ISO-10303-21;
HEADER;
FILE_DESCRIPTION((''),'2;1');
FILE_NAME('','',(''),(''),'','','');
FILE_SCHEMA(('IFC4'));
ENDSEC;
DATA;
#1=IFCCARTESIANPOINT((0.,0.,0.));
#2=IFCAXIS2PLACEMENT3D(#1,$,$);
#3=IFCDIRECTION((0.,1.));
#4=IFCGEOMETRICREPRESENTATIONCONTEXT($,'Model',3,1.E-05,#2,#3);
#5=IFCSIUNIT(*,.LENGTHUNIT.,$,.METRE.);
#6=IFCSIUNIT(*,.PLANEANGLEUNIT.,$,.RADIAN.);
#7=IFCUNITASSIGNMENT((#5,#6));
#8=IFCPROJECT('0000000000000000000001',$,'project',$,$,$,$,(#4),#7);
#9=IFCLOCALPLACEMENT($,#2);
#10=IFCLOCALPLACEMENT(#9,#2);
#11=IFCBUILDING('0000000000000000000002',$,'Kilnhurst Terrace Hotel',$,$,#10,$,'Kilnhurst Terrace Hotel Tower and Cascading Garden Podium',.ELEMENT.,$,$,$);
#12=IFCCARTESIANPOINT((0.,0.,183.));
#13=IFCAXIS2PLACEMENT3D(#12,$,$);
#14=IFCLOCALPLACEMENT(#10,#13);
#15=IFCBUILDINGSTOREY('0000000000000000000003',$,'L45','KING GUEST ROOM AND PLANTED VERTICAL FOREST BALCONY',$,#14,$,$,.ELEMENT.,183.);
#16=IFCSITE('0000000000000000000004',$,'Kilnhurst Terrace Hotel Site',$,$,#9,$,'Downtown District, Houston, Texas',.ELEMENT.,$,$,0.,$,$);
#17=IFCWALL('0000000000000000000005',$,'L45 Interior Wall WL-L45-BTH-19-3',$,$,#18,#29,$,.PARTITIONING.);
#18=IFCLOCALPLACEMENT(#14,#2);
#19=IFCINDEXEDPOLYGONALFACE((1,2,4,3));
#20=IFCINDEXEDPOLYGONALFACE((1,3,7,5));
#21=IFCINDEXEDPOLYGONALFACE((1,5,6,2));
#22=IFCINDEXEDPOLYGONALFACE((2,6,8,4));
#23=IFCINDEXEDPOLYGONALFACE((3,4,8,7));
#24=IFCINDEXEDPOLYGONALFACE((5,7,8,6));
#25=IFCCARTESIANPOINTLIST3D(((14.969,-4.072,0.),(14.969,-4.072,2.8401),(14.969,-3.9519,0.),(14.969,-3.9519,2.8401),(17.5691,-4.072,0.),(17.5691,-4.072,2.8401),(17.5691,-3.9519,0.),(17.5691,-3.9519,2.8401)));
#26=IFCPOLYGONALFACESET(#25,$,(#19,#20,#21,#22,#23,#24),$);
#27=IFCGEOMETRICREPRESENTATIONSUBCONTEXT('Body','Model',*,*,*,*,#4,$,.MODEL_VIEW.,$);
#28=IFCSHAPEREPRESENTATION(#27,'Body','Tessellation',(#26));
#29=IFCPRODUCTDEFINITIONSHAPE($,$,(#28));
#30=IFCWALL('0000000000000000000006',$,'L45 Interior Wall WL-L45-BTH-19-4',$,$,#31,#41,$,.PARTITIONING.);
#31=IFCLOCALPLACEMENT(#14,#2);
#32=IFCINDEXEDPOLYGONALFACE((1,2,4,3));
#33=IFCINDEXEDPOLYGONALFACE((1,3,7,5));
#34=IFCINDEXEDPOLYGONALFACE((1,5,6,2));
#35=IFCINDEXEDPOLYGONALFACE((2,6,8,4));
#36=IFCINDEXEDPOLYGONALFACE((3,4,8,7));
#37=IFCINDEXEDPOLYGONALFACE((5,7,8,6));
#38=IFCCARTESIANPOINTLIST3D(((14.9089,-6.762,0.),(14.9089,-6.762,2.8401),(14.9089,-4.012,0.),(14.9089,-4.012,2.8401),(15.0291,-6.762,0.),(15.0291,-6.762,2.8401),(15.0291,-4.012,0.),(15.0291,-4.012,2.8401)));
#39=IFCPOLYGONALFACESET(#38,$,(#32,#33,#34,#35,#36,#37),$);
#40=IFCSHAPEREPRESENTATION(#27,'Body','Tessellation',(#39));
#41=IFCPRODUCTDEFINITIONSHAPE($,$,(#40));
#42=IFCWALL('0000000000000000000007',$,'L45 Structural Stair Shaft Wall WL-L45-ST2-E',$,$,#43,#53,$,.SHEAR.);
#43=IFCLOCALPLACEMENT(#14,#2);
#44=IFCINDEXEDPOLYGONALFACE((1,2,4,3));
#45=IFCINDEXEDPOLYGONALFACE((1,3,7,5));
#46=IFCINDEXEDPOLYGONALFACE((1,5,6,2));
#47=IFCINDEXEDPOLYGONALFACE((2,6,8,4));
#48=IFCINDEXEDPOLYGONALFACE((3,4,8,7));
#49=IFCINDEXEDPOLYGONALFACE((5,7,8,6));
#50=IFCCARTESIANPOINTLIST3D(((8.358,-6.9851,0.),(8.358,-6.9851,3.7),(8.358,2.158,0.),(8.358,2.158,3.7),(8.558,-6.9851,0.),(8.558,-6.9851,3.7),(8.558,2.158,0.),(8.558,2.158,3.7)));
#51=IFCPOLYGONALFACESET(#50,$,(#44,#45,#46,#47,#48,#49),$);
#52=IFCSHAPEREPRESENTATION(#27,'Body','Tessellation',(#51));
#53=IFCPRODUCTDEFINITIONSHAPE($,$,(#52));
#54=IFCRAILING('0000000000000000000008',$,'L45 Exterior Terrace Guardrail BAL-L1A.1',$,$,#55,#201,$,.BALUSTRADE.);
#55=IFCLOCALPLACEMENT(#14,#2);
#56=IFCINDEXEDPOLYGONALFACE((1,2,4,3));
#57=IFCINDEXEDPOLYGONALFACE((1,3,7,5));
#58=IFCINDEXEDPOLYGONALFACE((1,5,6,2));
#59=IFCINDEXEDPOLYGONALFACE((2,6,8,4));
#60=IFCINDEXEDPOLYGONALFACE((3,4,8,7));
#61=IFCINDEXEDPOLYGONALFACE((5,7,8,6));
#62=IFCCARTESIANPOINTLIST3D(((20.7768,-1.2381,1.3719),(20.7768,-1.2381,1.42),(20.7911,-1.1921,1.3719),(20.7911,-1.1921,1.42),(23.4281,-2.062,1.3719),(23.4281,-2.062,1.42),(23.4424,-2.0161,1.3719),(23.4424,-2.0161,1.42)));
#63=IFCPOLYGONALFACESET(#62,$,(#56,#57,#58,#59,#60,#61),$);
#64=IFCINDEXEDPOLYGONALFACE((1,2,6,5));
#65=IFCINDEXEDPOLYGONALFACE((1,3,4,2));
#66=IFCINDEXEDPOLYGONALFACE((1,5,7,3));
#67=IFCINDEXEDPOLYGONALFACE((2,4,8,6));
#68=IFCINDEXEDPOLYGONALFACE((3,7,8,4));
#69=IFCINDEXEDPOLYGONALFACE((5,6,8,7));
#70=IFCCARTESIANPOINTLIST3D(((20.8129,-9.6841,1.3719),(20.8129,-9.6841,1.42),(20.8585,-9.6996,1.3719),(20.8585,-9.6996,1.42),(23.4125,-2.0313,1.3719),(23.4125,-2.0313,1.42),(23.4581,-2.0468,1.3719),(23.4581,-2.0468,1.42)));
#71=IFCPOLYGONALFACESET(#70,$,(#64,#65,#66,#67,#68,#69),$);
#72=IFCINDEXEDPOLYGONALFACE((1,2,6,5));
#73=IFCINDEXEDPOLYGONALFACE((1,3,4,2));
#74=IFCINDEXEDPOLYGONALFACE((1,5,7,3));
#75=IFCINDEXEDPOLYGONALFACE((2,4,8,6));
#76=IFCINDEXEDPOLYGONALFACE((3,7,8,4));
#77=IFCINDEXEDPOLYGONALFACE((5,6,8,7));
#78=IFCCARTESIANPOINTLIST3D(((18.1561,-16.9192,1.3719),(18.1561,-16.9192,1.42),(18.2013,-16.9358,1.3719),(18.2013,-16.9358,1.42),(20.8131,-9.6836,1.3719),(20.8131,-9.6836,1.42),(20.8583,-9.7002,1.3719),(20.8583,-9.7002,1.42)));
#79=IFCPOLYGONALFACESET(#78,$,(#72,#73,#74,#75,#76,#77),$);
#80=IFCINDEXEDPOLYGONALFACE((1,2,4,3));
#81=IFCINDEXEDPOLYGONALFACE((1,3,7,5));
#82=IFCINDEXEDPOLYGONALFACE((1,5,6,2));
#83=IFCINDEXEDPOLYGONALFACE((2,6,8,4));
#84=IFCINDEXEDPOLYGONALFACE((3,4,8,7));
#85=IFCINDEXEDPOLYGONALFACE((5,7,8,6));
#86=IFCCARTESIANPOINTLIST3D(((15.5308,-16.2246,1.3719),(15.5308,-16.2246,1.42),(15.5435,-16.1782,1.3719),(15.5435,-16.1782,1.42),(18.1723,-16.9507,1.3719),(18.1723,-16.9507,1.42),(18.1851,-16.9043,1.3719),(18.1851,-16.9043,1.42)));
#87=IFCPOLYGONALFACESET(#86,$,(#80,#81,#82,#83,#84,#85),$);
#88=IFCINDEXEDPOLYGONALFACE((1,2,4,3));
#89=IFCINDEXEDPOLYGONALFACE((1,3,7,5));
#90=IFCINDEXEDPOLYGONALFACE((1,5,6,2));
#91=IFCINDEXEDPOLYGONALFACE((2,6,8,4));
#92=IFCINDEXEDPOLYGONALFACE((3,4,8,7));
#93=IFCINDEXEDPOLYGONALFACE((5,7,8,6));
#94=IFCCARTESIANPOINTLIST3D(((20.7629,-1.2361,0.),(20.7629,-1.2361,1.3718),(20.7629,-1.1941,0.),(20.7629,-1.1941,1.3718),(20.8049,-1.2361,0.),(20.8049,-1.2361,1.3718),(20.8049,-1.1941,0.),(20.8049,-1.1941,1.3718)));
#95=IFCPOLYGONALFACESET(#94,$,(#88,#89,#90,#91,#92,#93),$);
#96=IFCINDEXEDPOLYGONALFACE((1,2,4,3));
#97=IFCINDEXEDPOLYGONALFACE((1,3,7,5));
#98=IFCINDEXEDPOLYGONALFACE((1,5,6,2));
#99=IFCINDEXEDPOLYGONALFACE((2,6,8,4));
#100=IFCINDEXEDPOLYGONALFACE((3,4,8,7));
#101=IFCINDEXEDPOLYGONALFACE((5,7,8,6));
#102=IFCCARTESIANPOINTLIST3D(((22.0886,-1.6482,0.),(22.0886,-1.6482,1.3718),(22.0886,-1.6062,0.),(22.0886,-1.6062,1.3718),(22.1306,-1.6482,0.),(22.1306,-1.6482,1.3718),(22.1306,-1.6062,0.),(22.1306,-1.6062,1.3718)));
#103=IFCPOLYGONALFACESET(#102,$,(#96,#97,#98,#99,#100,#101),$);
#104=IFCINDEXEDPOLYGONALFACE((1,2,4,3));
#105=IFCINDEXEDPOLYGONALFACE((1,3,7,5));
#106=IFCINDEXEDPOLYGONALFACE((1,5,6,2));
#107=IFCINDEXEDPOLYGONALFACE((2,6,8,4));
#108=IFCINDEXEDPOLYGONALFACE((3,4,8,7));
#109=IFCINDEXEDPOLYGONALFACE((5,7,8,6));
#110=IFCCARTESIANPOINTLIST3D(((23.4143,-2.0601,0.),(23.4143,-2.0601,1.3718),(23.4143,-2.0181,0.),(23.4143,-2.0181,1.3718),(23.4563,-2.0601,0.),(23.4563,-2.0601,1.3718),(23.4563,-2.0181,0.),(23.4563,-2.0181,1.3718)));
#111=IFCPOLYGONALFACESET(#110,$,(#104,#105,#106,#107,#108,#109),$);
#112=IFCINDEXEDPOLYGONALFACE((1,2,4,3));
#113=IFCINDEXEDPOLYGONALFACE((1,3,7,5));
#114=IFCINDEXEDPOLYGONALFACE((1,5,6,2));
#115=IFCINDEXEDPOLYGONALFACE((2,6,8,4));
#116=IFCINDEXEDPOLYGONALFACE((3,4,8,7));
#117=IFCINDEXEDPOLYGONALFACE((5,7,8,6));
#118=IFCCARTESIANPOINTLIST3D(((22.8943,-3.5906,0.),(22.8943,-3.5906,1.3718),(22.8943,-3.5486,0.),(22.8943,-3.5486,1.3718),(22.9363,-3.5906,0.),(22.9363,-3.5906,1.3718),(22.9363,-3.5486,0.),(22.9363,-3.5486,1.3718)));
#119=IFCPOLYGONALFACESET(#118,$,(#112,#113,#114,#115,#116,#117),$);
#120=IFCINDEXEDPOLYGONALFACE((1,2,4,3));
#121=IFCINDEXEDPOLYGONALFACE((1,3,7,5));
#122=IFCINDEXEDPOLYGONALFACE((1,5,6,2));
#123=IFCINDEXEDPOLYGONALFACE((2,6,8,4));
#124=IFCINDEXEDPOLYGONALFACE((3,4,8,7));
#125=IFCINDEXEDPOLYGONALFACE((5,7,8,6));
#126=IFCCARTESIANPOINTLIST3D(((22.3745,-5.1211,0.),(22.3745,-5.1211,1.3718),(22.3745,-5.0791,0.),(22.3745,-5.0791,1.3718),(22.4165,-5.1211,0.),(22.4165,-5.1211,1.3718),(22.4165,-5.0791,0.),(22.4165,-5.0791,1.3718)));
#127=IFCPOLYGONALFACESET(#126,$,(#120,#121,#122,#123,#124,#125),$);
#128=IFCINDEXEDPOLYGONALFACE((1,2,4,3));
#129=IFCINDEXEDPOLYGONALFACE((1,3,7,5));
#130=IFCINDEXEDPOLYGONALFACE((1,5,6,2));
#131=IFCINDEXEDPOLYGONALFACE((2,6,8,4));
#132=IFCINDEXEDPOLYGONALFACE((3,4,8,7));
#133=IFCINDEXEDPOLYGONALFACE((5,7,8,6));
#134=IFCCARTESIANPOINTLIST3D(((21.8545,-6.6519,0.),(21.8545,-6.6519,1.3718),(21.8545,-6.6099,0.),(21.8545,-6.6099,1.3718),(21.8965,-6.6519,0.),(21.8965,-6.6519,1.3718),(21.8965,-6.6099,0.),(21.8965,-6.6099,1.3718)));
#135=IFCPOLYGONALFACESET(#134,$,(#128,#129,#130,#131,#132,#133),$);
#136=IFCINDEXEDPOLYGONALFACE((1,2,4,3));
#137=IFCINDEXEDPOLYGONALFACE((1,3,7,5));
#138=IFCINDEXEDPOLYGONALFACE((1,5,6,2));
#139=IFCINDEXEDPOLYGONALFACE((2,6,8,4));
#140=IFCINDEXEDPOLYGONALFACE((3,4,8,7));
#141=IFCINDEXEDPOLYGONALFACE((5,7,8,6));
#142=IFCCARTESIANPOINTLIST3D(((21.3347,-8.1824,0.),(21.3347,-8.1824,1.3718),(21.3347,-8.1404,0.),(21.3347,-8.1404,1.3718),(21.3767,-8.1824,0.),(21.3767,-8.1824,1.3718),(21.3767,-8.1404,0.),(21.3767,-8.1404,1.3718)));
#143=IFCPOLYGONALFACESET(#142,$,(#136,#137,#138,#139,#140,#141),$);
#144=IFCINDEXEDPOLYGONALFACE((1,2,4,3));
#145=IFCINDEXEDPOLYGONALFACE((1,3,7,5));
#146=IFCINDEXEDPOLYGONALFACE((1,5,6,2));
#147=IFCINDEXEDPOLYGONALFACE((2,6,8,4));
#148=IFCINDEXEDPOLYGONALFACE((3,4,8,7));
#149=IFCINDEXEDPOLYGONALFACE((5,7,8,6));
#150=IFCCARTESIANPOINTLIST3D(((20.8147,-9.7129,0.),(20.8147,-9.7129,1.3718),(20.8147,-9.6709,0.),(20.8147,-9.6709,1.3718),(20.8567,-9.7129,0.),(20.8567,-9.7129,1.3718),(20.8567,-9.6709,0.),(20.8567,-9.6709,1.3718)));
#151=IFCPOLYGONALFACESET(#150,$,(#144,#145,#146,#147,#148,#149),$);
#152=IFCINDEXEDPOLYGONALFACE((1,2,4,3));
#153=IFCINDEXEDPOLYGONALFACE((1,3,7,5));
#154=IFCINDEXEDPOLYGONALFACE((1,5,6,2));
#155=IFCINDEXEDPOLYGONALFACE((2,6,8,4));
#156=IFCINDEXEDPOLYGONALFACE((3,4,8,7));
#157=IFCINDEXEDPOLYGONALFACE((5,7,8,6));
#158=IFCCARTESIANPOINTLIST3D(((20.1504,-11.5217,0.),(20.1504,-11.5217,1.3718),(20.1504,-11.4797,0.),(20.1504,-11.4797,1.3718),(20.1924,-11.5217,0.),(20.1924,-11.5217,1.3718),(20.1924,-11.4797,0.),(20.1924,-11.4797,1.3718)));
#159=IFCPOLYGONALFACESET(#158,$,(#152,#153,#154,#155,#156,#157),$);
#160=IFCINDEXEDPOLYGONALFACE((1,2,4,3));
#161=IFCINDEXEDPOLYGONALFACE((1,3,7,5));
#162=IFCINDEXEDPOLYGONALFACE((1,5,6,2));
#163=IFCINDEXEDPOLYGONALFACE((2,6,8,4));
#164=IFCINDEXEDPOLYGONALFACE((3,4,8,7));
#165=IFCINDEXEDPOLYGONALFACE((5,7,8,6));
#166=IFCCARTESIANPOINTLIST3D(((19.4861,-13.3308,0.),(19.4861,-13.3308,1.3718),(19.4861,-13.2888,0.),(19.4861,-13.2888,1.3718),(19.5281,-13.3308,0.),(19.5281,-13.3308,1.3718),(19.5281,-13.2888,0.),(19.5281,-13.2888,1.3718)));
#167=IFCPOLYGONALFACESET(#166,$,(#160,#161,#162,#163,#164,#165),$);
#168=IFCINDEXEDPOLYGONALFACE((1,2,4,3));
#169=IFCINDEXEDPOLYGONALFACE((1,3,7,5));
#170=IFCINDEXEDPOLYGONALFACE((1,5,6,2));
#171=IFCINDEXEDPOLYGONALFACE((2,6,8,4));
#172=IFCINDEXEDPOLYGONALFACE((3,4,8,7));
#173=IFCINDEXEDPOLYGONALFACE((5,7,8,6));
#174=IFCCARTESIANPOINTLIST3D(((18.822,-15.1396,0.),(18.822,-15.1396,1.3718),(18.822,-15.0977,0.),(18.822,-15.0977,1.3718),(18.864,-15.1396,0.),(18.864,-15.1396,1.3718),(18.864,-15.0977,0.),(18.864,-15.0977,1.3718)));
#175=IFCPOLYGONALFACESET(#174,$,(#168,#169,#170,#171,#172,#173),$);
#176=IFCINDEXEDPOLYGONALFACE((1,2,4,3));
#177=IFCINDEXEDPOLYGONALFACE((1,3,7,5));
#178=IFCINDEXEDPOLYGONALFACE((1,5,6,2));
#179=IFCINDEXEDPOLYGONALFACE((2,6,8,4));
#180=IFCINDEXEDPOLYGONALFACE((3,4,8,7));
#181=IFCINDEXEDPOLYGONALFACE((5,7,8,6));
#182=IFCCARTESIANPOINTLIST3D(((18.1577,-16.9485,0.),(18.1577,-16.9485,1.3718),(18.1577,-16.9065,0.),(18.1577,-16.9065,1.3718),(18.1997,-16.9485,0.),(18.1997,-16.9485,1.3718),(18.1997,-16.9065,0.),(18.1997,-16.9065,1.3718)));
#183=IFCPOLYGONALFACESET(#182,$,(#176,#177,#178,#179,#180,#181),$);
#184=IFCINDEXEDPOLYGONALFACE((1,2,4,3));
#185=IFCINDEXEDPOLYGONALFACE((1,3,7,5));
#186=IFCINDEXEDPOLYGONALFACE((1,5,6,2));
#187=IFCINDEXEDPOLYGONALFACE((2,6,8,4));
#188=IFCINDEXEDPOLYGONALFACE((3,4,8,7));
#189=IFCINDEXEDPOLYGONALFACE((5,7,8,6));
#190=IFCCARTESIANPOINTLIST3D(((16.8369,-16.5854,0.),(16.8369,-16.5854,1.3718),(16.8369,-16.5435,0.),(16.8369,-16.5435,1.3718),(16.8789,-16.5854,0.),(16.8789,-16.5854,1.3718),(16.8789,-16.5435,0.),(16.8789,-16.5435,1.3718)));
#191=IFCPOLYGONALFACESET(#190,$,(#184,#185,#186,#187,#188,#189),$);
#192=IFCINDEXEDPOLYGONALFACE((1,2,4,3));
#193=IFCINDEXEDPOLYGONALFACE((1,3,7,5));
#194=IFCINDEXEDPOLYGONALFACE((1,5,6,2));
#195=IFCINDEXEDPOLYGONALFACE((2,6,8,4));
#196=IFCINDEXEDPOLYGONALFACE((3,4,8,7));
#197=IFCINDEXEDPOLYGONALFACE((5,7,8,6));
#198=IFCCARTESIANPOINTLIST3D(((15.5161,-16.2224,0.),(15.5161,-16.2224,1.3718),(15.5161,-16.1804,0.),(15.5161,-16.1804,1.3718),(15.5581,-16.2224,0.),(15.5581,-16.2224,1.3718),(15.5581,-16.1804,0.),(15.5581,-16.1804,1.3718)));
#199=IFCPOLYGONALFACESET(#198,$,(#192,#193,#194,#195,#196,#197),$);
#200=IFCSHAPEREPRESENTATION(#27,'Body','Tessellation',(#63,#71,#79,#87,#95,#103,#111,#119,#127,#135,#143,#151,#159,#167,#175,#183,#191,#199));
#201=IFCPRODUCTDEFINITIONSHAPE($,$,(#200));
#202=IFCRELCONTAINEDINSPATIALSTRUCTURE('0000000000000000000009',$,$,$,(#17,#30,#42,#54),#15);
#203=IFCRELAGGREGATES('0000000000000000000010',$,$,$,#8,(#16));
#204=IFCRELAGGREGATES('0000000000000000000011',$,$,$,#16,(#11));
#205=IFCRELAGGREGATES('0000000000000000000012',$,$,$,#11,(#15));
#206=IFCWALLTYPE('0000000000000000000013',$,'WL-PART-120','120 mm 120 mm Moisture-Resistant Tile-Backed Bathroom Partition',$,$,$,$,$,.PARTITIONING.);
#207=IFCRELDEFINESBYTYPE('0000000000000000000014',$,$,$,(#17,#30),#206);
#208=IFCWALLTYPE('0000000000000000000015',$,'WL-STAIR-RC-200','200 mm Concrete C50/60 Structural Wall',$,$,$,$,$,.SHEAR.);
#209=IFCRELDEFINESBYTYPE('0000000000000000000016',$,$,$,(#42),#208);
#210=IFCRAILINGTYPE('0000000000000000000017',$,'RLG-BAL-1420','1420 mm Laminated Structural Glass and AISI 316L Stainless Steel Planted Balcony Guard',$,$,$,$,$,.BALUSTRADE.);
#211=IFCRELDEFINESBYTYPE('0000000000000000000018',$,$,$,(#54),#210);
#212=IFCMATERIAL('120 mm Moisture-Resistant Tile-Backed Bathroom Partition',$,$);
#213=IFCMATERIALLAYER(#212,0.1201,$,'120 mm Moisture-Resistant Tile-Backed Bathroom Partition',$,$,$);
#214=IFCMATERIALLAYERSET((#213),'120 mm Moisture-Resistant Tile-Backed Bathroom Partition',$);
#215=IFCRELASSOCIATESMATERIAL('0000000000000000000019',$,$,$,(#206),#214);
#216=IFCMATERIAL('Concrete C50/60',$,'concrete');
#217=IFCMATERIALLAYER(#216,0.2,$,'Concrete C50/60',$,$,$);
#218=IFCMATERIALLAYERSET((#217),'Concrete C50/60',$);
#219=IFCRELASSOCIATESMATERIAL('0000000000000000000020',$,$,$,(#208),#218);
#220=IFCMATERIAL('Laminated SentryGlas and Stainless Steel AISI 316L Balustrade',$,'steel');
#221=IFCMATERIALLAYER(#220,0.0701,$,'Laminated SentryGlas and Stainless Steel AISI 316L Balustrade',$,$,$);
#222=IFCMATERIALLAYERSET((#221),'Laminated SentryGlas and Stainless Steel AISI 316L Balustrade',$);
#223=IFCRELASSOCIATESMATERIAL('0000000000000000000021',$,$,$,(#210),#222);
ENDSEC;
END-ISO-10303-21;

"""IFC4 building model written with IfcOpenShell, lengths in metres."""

from ifc_helpers import new_model, si_unit, direction, frame, frame_2d, origin, origin_2d, place, context, subcontext, project, spatial, rectangle, extrude, material, layer, layer_set, type_object, element, save


model = new_model("IFC4")

# Units and contexts
model_context = context("Model", 3, precision=1e-05, world=origin(), true_north=direction((0.0, 1.0)))
body_context = subcontext(model_context, "Body", "Model", "MODEL_VIEW")
ifc_project = project(units=[si_unit("LENGTHUNIT", "METRE"), si_unit("PLANEANGLEUNIT", "RADIAN")], contexts=[model_context])

# Site, building, storey
site_placement = place(None, origin())
site = spatial("IfcSite", under=ifc_project, at=site_placement, Name="Kilnhurst Terrace Hotel Site", LongName="Downtown District, Houston, Texas", CompositionType="ELEMENT", RefElevation=0.0)
building_placement = place(site_placement, origin())
building = spatial("IfcBuilding", under=site, at=building_placement, Name="Kilnhurst Terrace Hotel", LongName="Kilnhurst Terrace Hotel Tower and Cascading Garden Podium", CompositionType="ELEMENT")
storey_placement = place(building_placement, frame((0.0, 0.0, 183.0)))
storey = spatial("IfcBuildingStorey", under=building, at=storey_placement, Name="L45", Description="KING GUEST ROOM AND PLANTED VERTICAL FOREST BALCONY", CompositionType="ELEMENT", Elevation=183.0)

# Shared definitions
ifc_material_1 = material(Name="Concrete C50/60", Category="concrete")

# Shared definitions
ifc_material_2 = material(Name="120 mm Moisture-Resistant Tile-Backed Bathroom Partition")
ifc_layer_1 = layer(ifc_material_2, 0.1201, Name="120 mm Moisture-Resistant Tile-Backed Bathroom Partition")
ifc_layer_set_1 = layer_set([ifc_layer_1], Name="120 mm Moisture-Resistant Tile-Backed Bathroom Partition")
wall_type_1 = type_object("IfcWallType", Name="WL-PART-120", Description="120 mm 120 mm Moisture-Resistant Tile-Backed Bathroom Partition", PredefinedType="PARTITIONING", material=ifc_layer_set_1)

# Walls
wall_1_placement = place(storey_placement, frame((17.5691, -4.012, 0.0), z_axis=(0.0, 0.0, 1.0), x_axis=(-1.0, 0.0, 0.0)))
element("IfcWall", 1, at=wall_1_placement, inside=storey, type_object=wall_type_1, Name="L45 Interior Wall WL-L45-BTH-19-3", PredefinedType="PARTITIONING", context=body_context, shape_type="SweptSolid", body=[
    extrude(rectangle(XDim=2.6001, YDim=0.1201, at=frame_2d((1.3, 0.0))), origin(), (0.0, 0.0, 1.0), 2.8401),
])
wall_2_placement = place(storey_placement, frame((14.969, -4.012, 0.0), z_axis=(0.0, 0.0, 1.0), x_axis=(0.0, -1.0, 0.0)))
element("IfcWall", 2, at=wall_2_placement, inside=storey, type_object=wall_type_1, Name="L45 Interior Wall WL-L45-BTH-19-4", PredefinedType="PARTITIONING", context=body_context, shape_type="SweptSolid", body=[
    extrude(rectangle(XDim=2.75, YDim=0.1201, at=frame_2d((1.375, 0.0))), origin(), (0.0, 0.0, 1.0), 2.8401),
])
ifc_layer_2 = layer(ifc_material_1, 0.2, Name="Concrete C50/60")
ifc_layer_set_2 = layer_set([ifc_layer_2], Name="Concrete C50/60")
wall_type_2 = type_object("IfcWallType", Name="WL-STAIR-RC-200", Description="200 mm Concrete C50/60 Structural Wall", PredefinedType="SHEAR", material=ifc_layer_set_2)
wall_3_placement = place(storey_placement, frame((8.458, -6.9851, 0.0), z_axis=(0.0, 0.0, 1.0), x_axis=(0.0, 1.0, 0.0)))
element("IfcWall", 3, at=wall_3_placement, inside=storey, type_object=wall_type_2, Name="L45 Structural Stair Shaft Wall WL-L45-ST2-E", PredefinedType="SHEAR", context=body_context, shape_type="SweptSolid", body=[
    extrude(rectangle(XDim=9.1431, YDim=0.2, at=frame_2d((4.5715, 0.0))), origin(), (0.0, 0.0, 1.0), 3.7),
])

# Railing
ifc_material_3 = material(Name="Laminated SentryGlas and Stainless Steel AISI 316L Balustrade", Category="steel")
ifc_layer_3 = layer(ifc_material_3, 0.0701, Name="Laminated SentryGlas and Stainless Steel AISI 316L Balustrade")
ifc_layer_set_3 = layer_set([ifc_layer_3], Name="Laminated SentryGlas and Stainless Steel AISI 316L Balustrade")
railing_type_1 = type_object("IfcRailingType", Name="RLG-BAL-1420", Description="1420 mm Laminated Structural Glass and AISI 316L Stainless Steel Planted Balcony Guard", PredefinedType="BALUSTRADE", material=ifc_layer_set_3)
railing_1_placement = place(storey_placement, frame((20.7839, -1.2151, 0.0)))
element("IfcRailing", 4, at=railing_1_placement, inside=storey, type_object=railing_type_1, Name="L45 Exterior Terrace Guardrail BAL-L1A.1", PredefinedType="BALUSTRADE", context=body_context, shape_type="SweptSolid", body=[
    extrude(rectangle(XDim=0.0481, YDim=0.0481, at=origin_2d()), frame((0.0, 0.0, 1.396), z_axis=(0.954948, -0.296773, 0.0), x_axis=(0.296773, 0.954948, 0.0)), (0.0, 0.0, 1.0), 2.7764),
    extrude(rectangle(XDim=0.0481, YDim=0.0481, at=origin_2d()), frame((2.6514, -0.824, 1.396), z_axis=(-0.321642, -0.946861, 0.0), x_axis=(0.946861, -0.321642, 0.0)), (0.0, 0.0, 1.0), 8.0823),
    extrude(rectangle(XDim=0.0481, YDim=0.0481, at=origin_2d()), frame((0.0518, -8.4768, 1.396), z_axis=(-0.344704, -0.938711, 0.0), x_axis=(0.938711, -0.344704, 0.0)), (0.0, 0.0, 1.0), 7.708),
    extrude(rectangle(XDim=0.0481, YDim=0.0481, at=origin_2d()), frame((-2.6052, -15.7124, 1.396), z_axis=(-0.96424, 0.265032, 0.0), x_axis=(-0.265032, -0.96424, 0.0)), (0.0, 0.0, 1.0), 2.7395),
    extrude(rectangle(XDim=0.042, YDim=0.042, at=origin_2d()), origin(), (0.0, 0.0, 1.0), 1.3718),
    extrude(rectangle(XDim=0.042, YDim=0.042, at=origin_2d()), frame((1.3257, -0.4121, 0.0)), (0.0, 0.0, 1.0), 1.3718),
    extrude(rectangle(XDim=0.042, YDim=0.042, at=origin_2d()), frame((2.6514, -0.824, 0.0)), (0.0, 0.0, 1.0), 1.3718),
    extrude(rectangle(XDim=0.042, YDim=0.042, at=origin_2d()), frame((2.1313, -2.3545, 0.0)), (0.0, 0.0, 1.0), 1.3718),
    extrude(rectangle(XDim=0.042, YDim=0.042, at=origin_2d()), frame((1.6116, -3.885, 0.0)), (0.0, 0.0, 1.0), 1.3718),
    extrude(rectangle(XDim=0.042, YDim=0.042, at=origin_2d()), frame((1.0916, -5.4158, 0.0)), (0.0, 0.0, 1.0), 1.3718),
    extrude(rectangle(XDim=0.042, YDim=0.042, at=origin_2d()), frame((0.5718, -6.9463, 0.0)), (0.0, 0.0, 1.0), 1.3718),
    extrude(rectangle(XDim=0.042, YDim=0.042, at=origin_2d()), frame((0.0518, -8.4768, 0.0)), (0.0, 0.0, 1.0), 1.3718),
    extrude(rectangle(XDim=0.042, YDim=0.042, at=origin_2d()), frame((-0.6125, -10.2856, 0.0)), (0.0, 0.0, 1.0), 1.3718),
    extrude(rectangle(XDim=0.042, YDim=0.042, at=origin_2d()), frame((-1.2769, -12.0947, 0.0)), (0.0, 0.0, 1.0), 1.3718),
    extrude(rectangle(XDim=0.042, YDim=0.042, at=origin_2d()), frame((-1.9409, -13.9036, 0.0)), (0.0, 0.0, 1.0), 1.3718),
    extrude(rectangle(XDim=0.042, YDim=0.042, at=origin_2d()), frame((-2.6052, -15.7124, 0.0)), (0.0, 0.0, 1.0), 1.3718),
    extrude(rectangle(XDim=0.042, YDim=0.042, at=origin_2d()), frame((-3.926, -15.3494, 0.0)), (0.0, 0.0, 1.0), 1.3718),
    extrude(rectangle(XDim=0.042, YDim=0.042, at=origin_2d()), frame((-5.2468, -14.9863, 0.0)), (0.0, 0.0, 1.0), 1.3718),
])

save(model, "model.ifc")
